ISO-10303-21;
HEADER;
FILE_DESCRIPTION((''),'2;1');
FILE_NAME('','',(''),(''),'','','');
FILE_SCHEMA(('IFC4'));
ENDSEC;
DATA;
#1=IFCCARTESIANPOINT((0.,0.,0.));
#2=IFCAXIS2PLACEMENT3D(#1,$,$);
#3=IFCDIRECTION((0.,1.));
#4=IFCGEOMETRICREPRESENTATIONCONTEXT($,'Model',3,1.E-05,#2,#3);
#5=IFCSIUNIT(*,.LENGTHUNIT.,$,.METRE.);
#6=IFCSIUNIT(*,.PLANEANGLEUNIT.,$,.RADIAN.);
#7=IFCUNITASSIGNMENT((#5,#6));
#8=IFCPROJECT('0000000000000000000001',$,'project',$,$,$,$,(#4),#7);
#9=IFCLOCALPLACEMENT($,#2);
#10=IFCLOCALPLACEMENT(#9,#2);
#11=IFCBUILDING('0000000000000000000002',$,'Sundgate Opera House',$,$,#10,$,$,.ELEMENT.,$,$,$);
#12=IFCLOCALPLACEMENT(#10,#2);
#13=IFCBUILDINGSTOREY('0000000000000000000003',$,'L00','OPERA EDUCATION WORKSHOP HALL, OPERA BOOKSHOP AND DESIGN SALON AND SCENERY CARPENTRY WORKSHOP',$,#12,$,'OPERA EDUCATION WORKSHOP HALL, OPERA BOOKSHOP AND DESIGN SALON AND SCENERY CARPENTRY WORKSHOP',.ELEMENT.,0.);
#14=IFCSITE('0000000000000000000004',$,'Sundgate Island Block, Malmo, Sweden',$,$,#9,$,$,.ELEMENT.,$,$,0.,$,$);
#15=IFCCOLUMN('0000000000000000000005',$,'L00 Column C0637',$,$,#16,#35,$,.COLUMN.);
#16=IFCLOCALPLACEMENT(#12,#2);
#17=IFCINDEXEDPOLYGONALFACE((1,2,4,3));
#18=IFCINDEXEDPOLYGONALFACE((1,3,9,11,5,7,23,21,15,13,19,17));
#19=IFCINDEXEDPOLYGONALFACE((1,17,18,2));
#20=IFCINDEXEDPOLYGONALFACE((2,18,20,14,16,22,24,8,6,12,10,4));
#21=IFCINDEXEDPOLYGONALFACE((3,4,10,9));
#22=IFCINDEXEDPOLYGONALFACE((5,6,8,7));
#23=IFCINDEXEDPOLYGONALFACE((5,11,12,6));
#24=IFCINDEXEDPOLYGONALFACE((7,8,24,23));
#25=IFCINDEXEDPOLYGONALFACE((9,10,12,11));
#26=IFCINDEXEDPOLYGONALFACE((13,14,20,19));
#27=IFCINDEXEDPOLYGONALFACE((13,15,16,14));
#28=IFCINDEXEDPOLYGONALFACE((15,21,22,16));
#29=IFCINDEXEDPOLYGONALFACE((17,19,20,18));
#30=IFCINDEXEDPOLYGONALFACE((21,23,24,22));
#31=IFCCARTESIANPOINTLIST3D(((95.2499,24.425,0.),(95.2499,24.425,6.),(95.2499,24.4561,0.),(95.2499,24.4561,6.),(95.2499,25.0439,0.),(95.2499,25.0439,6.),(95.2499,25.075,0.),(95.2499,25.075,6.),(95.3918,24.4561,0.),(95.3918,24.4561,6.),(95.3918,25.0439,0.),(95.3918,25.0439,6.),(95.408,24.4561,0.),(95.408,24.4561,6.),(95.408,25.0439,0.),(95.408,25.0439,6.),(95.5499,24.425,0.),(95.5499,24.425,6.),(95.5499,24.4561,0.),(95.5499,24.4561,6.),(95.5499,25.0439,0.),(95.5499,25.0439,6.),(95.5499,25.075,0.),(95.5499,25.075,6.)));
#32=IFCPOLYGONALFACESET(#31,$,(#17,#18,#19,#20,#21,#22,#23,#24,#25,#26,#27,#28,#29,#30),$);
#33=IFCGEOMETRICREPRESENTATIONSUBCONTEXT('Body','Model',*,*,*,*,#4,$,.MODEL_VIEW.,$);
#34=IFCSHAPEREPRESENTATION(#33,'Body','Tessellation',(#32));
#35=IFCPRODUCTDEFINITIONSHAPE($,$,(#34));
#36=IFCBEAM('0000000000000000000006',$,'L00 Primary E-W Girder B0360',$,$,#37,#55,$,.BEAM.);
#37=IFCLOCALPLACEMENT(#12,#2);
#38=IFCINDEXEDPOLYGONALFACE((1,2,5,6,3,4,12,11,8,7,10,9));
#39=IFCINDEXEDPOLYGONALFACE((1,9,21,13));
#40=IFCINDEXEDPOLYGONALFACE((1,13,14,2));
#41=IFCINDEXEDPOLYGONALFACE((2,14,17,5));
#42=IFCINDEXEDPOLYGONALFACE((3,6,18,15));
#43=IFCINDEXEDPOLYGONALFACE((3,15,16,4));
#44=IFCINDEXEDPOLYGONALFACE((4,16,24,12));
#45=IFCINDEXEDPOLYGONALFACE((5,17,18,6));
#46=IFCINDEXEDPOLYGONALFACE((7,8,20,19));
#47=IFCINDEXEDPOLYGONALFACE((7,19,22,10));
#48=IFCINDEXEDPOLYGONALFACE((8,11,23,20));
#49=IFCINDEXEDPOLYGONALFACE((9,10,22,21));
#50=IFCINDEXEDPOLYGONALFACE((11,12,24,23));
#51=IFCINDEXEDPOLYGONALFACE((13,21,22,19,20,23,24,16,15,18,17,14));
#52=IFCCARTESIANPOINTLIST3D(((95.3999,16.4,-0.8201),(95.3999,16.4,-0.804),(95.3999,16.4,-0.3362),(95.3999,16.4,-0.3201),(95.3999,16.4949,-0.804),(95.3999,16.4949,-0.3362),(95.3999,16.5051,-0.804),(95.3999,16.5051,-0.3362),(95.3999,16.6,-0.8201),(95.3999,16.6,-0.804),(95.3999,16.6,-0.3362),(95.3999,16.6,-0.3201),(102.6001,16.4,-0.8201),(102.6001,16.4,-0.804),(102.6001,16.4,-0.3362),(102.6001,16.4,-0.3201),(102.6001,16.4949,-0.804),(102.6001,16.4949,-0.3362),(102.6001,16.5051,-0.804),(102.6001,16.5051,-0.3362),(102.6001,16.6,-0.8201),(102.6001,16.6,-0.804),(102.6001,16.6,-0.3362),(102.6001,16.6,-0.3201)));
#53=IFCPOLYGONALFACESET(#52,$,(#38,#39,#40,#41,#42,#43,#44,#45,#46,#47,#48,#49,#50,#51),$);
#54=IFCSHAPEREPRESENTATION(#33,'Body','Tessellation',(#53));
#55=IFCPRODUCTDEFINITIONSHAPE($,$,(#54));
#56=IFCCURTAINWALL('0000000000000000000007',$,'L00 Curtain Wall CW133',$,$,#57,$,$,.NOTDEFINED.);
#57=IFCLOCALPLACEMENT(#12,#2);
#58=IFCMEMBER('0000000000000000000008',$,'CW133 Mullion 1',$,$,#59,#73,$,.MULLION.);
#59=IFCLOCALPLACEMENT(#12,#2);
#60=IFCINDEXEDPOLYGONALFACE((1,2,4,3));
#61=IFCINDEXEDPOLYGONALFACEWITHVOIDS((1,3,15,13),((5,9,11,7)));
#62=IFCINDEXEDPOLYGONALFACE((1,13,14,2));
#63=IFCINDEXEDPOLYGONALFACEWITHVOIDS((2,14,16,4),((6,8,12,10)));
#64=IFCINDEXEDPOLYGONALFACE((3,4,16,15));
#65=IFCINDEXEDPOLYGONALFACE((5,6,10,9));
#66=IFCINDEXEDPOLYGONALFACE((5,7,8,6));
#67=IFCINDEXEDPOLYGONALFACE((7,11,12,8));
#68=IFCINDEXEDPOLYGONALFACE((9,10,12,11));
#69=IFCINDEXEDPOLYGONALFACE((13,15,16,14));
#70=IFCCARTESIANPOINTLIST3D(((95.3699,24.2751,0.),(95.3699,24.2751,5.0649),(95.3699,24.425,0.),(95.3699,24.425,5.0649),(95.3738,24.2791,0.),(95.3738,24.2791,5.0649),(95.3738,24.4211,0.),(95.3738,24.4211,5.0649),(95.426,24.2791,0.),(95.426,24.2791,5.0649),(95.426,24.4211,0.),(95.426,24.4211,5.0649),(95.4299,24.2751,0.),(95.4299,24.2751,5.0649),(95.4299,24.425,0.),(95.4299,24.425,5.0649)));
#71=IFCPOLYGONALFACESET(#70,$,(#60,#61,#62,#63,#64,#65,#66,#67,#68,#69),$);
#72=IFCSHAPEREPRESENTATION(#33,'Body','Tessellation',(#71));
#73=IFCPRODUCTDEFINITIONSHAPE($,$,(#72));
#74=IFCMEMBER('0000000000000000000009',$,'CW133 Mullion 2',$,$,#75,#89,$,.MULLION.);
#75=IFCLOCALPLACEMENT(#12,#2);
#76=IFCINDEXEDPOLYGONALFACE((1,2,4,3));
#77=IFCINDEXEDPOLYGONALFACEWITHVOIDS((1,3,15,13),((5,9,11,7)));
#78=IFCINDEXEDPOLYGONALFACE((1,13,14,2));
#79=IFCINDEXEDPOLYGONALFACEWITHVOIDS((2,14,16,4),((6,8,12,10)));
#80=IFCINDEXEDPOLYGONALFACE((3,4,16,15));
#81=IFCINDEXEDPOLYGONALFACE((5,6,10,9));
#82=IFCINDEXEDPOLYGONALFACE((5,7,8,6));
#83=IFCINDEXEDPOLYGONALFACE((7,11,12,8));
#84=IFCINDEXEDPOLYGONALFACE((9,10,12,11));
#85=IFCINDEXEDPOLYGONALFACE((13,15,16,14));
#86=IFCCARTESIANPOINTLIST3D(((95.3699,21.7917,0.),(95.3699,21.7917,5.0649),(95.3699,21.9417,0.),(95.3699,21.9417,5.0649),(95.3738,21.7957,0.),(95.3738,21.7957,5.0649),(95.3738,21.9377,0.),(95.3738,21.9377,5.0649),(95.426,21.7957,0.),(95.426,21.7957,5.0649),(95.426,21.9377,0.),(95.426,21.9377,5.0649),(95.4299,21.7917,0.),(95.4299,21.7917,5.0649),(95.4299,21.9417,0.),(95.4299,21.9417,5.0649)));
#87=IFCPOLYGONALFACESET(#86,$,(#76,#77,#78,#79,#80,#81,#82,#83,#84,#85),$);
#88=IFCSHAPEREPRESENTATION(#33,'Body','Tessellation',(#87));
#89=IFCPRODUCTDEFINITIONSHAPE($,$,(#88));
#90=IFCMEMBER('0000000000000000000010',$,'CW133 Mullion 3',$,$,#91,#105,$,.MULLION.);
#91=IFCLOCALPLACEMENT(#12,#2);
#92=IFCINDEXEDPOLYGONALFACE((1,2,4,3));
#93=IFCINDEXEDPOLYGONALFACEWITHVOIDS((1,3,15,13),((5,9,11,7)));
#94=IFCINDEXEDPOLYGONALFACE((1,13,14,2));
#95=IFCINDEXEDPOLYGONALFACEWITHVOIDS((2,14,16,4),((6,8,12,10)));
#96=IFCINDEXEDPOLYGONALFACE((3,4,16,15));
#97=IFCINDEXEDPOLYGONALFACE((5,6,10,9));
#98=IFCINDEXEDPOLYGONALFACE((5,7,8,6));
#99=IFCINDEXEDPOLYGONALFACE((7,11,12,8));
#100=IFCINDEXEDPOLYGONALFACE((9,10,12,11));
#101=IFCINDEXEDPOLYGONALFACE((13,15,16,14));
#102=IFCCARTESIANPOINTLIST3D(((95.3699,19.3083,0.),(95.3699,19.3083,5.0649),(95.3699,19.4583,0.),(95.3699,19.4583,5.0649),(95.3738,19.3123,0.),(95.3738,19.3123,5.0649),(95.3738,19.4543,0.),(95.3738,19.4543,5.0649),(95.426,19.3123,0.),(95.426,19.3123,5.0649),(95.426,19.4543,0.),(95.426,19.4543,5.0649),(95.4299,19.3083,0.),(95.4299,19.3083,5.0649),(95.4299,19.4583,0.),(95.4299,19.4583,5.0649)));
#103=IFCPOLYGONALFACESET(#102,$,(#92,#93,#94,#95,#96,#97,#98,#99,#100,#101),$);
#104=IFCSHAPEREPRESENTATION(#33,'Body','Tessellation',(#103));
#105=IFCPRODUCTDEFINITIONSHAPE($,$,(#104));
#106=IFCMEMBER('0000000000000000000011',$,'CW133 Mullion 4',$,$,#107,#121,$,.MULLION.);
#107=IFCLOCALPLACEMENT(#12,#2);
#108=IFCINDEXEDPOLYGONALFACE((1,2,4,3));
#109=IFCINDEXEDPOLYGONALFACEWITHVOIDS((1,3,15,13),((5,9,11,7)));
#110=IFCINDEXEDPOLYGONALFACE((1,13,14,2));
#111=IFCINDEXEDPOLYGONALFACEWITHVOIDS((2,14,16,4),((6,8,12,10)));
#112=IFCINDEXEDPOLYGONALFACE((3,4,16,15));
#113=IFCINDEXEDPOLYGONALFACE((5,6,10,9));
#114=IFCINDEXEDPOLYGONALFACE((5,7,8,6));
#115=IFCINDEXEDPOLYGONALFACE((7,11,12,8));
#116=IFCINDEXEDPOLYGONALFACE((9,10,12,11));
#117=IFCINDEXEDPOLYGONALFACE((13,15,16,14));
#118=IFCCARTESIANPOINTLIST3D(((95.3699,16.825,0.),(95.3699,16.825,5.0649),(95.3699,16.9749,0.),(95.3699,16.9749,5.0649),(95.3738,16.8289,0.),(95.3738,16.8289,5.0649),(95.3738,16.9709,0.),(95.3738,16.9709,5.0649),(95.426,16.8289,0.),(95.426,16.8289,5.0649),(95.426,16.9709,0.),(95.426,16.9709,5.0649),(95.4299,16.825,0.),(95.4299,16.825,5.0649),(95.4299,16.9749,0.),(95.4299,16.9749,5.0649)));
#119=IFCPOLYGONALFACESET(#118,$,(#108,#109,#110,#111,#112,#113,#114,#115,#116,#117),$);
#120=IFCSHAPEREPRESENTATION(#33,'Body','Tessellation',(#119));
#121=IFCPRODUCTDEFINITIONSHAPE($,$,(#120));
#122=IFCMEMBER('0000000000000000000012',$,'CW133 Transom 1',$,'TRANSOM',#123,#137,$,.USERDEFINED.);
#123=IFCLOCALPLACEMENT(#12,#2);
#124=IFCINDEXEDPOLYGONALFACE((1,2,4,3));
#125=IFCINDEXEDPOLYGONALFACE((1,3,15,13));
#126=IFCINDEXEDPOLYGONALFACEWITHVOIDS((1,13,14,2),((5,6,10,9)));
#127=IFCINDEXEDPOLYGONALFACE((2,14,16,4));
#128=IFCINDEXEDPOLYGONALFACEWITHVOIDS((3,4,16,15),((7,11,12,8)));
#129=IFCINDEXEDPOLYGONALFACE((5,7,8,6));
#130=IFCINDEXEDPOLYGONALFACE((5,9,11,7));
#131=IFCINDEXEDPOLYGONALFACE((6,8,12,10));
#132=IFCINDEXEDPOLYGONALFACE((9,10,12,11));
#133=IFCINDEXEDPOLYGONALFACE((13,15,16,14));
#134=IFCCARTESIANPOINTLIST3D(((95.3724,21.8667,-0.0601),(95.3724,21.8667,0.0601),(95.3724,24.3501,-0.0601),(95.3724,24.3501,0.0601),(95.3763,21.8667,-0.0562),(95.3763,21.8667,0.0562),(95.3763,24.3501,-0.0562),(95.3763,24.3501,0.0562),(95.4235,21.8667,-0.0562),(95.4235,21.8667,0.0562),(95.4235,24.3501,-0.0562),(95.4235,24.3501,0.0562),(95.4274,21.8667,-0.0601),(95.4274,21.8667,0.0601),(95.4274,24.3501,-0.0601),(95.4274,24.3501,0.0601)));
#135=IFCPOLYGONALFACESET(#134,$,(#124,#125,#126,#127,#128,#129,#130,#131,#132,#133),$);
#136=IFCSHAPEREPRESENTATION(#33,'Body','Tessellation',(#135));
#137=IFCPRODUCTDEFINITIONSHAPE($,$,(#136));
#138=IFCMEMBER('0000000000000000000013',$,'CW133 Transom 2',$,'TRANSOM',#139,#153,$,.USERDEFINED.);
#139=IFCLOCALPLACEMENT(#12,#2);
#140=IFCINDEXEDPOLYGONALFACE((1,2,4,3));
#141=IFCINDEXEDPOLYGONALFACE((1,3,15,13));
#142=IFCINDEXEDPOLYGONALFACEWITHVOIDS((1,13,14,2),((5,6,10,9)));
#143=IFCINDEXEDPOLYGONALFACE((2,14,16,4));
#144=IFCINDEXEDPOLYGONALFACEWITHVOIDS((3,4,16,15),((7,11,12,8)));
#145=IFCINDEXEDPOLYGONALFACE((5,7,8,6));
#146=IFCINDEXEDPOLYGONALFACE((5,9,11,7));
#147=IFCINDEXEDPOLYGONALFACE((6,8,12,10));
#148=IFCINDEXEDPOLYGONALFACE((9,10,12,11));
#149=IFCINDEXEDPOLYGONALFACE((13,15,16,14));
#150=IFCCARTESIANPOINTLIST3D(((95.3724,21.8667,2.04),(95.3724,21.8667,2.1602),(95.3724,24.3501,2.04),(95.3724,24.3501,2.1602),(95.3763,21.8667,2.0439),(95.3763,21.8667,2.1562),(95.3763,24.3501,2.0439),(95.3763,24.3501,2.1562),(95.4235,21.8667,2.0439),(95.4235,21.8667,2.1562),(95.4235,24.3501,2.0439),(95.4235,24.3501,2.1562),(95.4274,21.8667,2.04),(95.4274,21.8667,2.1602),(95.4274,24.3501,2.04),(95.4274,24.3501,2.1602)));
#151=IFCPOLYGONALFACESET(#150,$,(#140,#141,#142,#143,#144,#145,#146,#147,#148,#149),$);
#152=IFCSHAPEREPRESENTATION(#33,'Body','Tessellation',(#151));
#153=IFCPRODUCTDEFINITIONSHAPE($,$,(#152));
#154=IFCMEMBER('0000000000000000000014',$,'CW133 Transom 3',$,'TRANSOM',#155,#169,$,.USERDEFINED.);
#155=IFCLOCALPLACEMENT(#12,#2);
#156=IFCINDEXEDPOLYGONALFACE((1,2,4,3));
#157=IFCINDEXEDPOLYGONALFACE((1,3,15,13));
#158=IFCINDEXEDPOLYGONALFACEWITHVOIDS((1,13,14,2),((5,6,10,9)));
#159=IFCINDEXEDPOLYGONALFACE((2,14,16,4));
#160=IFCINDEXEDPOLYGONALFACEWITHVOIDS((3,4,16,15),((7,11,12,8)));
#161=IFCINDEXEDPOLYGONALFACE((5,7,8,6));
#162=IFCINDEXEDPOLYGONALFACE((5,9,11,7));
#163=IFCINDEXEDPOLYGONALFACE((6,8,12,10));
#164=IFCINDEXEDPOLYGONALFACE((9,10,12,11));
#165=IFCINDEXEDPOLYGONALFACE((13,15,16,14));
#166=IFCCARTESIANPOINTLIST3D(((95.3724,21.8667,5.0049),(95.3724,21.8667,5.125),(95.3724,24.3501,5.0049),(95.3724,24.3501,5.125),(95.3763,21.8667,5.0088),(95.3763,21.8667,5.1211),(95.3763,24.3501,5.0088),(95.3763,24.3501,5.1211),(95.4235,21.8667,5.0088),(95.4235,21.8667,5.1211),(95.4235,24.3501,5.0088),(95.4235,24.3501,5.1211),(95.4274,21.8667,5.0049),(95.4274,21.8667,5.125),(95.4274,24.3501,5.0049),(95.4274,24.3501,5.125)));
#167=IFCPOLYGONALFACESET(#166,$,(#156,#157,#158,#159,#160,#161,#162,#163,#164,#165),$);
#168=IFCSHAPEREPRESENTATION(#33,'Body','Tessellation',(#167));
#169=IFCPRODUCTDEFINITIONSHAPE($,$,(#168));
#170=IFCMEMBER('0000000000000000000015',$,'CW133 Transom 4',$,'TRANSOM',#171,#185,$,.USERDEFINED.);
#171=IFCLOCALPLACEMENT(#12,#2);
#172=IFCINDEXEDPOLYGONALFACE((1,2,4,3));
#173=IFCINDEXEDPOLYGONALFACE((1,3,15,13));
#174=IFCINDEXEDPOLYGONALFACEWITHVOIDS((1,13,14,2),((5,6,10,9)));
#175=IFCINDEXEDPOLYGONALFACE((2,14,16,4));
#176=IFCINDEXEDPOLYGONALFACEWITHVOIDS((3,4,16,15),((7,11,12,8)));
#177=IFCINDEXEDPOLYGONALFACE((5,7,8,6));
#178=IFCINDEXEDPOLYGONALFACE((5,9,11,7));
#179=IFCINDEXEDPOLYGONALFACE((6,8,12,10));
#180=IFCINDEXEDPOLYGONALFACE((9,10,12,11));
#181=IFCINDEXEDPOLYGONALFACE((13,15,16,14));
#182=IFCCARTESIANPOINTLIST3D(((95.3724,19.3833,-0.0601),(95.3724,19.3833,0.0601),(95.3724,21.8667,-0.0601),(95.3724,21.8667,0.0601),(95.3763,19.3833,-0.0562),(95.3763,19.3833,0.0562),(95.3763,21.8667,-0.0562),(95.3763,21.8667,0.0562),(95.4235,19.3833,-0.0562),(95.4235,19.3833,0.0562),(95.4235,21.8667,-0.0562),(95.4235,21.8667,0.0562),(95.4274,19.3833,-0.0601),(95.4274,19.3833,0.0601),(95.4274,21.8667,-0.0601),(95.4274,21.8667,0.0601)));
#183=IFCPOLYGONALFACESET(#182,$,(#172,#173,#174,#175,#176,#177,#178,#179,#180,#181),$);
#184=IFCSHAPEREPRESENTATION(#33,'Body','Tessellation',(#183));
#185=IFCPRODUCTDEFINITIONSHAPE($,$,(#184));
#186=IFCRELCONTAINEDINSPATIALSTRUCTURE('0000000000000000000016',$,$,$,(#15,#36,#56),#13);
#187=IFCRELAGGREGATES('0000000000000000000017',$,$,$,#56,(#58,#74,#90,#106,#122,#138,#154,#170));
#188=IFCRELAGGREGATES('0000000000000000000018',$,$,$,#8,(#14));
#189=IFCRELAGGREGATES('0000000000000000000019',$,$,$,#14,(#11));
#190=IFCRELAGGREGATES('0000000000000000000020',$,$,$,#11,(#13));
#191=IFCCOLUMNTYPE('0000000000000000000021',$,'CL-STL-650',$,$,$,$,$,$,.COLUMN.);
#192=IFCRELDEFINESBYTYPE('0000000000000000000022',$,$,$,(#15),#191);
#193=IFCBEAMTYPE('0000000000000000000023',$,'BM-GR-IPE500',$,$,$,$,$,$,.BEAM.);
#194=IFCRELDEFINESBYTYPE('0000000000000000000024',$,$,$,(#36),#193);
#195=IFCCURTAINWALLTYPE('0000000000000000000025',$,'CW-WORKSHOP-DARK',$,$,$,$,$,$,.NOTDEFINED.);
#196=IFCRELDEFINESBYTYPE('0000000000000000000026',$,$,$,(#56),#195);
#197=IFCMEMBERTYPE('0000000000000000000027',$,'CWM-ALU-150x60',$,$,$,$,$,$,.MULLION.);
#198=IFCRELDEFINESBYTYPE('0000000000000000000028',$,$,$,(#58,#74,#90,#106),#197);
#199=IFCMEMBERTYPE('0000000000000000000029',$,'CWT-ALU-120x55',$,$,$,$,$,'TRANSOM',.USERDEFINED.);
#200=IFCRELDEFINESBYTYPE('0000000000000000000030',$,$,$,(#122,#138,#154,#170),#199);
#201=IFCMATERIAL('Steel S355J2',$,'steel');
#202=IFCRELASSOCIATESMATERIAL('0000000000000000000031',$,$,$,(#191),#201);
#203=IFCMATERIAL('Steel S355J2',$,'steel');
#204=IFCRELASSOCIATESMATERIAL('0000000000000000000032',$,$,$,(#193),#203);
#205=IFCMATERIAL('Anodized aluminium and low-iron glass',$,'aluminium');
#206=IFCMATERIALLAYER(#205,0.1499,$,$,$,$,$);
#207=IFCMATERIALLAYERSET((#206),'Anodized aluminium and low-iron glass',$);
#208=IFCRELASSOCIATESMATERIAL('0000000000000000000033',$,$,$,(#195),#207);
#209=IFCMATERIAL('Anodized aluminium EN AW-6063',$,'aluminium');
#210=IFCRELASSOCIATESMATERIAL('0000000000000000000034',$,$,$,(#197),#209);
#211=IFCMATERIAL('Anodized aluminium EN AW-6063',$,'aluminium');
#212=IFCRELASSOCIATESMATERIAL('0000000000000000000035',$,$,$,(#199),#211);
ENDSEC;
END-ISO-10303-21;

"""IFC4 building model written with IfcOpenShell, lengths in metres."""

from ifc_helpers import new_model, si_unit, direction, frame, origin, origin_2d, place, context, subcontext, project, spatial, hollow_rectangle, i_section, extrude, material, layer, layer_set, material_profile, profile_set, type_object, element, aggregate, save


model = new_model("IFC4")

# Units and contexts
model_context = context("Model", 3, precision=1e-05, world=origin(), true_north=direction((0.0, 1.0)))
body_context = subcontext(model_context, "Body", "Model", "MODEL_VIEW")
ifc_project = project(units=[si_unit("LENGTHUNIT", "METRE"), si_unit("PLANEANGLEUNIT", "RADIAN")], contexts=[model_context])

# Site, building, storey
site_placement = place(None, origin())
site = spatial("IfcSite", under=ifc_project, at=site_placement, Name="Sundgate Island Block, Malmo, Sweden", CompositionType="ELEMENT", RefElevation=0.0)
building_placement = place(site_placement, origin())
building = spatial("IfcBuilding", under=site, at=building_placement, Name="Sundgate Opera House", CompositionType="ELEMENT")
storey_placement = place(building_placement, origin())
storey = spatial("IfcBuildingStorey", under=building, at=storey_placement, Name="L00", Description="OPERA EDUCATION WORKSHOP HALL, OPERA BOOKSHOP AND DESIGN SALON AND SCENERY CARPENTRY WORKSHOP", LongName="OPERA EDUCATION WORKSHOP HALL, OPERA BOOKSHOP AND DESIGN SALON AND SCENERY CARPENTRY WORKSHOP", CompositionType="ELEMENT", Elevation=0.0)

# Column
ifc_material_1 = material(Name="Steel S355J2", Category="steel")
ifc_material_profile_1 = material_profile(ifc_material_1, i_section(OverallWidth=0.3, OverallDepth=0.6499, WebThickness=0.0161, FlangeThickness=0.031, at=origin_2d()), Name="HEB 650")
ifc_profile_set_1 = profile_set([ifc_material_profile_1], Name="Steel S355J2")
column_type = type_object("IfcColumnType", Name="CL-STL-650", PredefinedType="COLUMN", material=ifc_profile_set_1)
column_placement = place(storey_placement, frame((95.3999, 24.75, 0.0), z_axis=(0.0, 0.0, 1.0), x_axis=(1.0, 0.0, 0.0)))
element("IfcColumn", 1, at=column_placement, inside=storey, type_object=column_type, Name="L00 Column C0637", PredefinedType="COLUMN", context=body_context, shape_type="SweptSolid", body=[
    extrude(i_section(OverallWidth=0.3, OverallDepth=0.6499, WebThickness=0.0161, FlangeThickness=0.031, at=origin_2d()), origin(), (0.0, 0.0, 1.0), 6.0),
])

# Beam
ifc_material_2 = material(Name="Steel S355J2", Category="steel")
ifc_material_profile_2 = material_profile(ifc_material_2, i_section(OverallWidth=0.2, OverallDepth=0.5, WebThickness=0.0103, FlangeThickness=0.0161, at=origin_2d()), Name="IPE 500")
ifc_profile_set_2 = profile_set([ifc_material_profile_2], Name="Steel S355J2")
beam_type = type_object("IfcBeamType", Name="BM-GR-IPE500", PredefinedType="BEAM", material=ifc_profile_set_2)
beam_placement = place(storey_placement, frame((95.3999, 16.5, -0.5701), z_axis=(1.0, 0.0, 0.0), x_axis=(0.0, 1.0, 0.0)))
element("IfcBeam", 2, at=beam_placement, inside=storey, type_object=beam_type, Name="L00 Primary E-W Girder B0360", PredefinedType="BEAM", context=body_context, shape_type="SweptSolid", body=[
    extrude(i_section(OverallWidth=0.2, OverallDepth=0.5, WebThickness=0.0103, FlangeThickness=0.0161, at=origin_2d()), origin(), (0.0, 0.0, 1.0), 7.2002),
])

# Curtain wall, members
ifc_material_3 = material(Name="Anodized aluminium and low-iron glass", Category="aluminium")
ifc_layer_1 = layer(ifc_material_3, 0.1499)
ifc_layer_set_1 = layer_set([ifc_layer_1], Name="Anodized aluminium and low-iron glass")
curtain_wall_type = type_object("IfcCurtainWallType", Name="CW-WORKSHOP-DARK", PredefinedType="NOTDEFINED", material=ifc_layer_set_1)
curtain_wall_placement = place(storey_placement, origin())
curtain_wall = element("IfcCurtainWall", 3, at=curtain_wall_placement, inside=storey, type_object=curtain_wall_type, Name="L00 Curtain Wall CW133", PredefinedType="NOTDEFINED")
ifc_material_4 = material(Name="Anodized aluminium EN AW-6063", Category="aluminium")
ifc_material_profile_3 = material_profile(ifc_material_4, hollow_rectangle(XDim=0.0601, YDim=0.1499, WallThickness=0.0039, at=origin_2d()), Name="CWM 150x60x4")
ifc_profile_set_3 = profile_set([ifc_material_profile_3], Name="Anodized aluminium EN AW-6063")
member_type_1 = type_object("IfcMemberType", Name="CWM-ALU-150x60", PredefinedType="MULLION", material=ifc_profile_set_3)
member_1_placement = place(storey_placement, frame((95.3999, 24.3501, 0.0), z_axis=(0.0, 0.0, 1.0), x_axis=(1.0, 0.0, 0.0)))
member_1 = element("IfcMember", 4, at=member_1_placement, type_object=member_type_1, Name="CW133 Mullion 1", PredefinedType="MULLION", context=body_context, shape_type="SweptSolid", body=[
    extrude(hollow_rectangle(XDim=0.0601, YDim=0.1499, WallThickness=0.0039, at=origin_2d()), origin(), (0.0, 0.0, 1.0), 5.0649),
])
member_2_placement = place(storey_placement, frame((95.3999, 21.8667, 0.0), z_axis=(0.0, 0.0, 1.0), x_axis=(1.0, 0.0, 0.0)))
member_2 = element("IfcMember", 5, at=member_2_placement, type_object=member_type_1, Name="CW133 Mullion 2", PredefinedType="MULLION", context=body_context, shape_type="SweptSolid", body=[
    extrude(hollow_rectangle(XDim=0.0601, YDim=0.1499, WallThickness=0.0039, at=origin_2d()), origin(), (0.0, 0.0, 1.0), 5.0649),
])
member_3_placement = place(storey_placement, frame((95.3999, 19.3833, 0.0), z_axis=(0.0, 0.0, 1.0), x_axis=(1.0, 0.0, 0.0)))
member_3 = element("IfcMember", 6, at=member_3_placement, type_object=member_type_1, Name="CW133 Mullion 3", PredefinedType="MULLION", context=body_context, shape_type="SweptSolid", body=[
    extrude(hollow_rectangle(XDim=0.0601, YDim=0.1499, WallThickness=0.0039, at=origin_2d()), origin(), (0.0, 0.0, 1.0), 5.0649),
])
member_4_placement = place(storey_placement, frame((95.3999, 16.8999, 0.0), z_axis=(0.0, 0.0, 1.0), x_axis=(1.0, 0.0, 0.0)))
member_4 = element("IfcMember", 7, at=member_4_placement, type_object=member_type_1, Name="CW133 Mullion 4", PredefinedType="MULLION", context=body_context, shape_type="SweptSolid", body=[
    extrude(hollow_rectangle(XDim=0.0601, YDim=0.1499, WallThickness=0.0039, at=origin_2d()), origin(), (0.0, 0.0, 1.0), 5.0649),
])
ifc_material_5 = material(Name="Anodized aluminium EN AW-6063", Category="aluminium")
ifc_material_profile_4 = material_profile(ifc_material_5, hollow_rectangle(XDim=0.0549, YDim=0.1201, WallThickness=0.0039, at=origin_2d()), Name="CWT 120x55x4")
ifc_profile_set_4 = profile_set([ifc_material_profile_4], Name="Anodized aluminium EN AW-6063")
member_type_2 = type_object("IfcMemberType", Name="CWT-ALU-120x55", ElementType="TRANSOM", PredefinedType="USERDEFINED", material=ifc_profile_set_4)
member_5_placement = place(storey_placement, frame((95.3999, 24.3501, 0.0), z_axis=(0.0, -1.0, 0.0), x_axis=(1.0, 0.0, 0.0)))
member_5 = element("IfcMember", 8, at=member_5_placement, type_object=member_type_2, Name="CW133 Transom 1", ObjectType="TRANSOM", PredefinedType="USERDEFINED", context=body_context, shape_type="SweptSolid", body=[
    extrude(hollow_rectangle(XDim=0.0549, YDim=0.1201, WallThickness=0.0039, at=origin_2d()), origin(), (0.0, 0.0, 1.0), 2.4834),
])
member_6_placement = place(storey_placement, frame((95.3999, 24.3501, 2.1001), z_axis=(0.0, -1.0, 0.0), x_axis=(1.0, 0.0, 0.0)))
member_6 = element("IfcMember", 9, at=member_6_placement, type_object=member_type_2, Name="CW133 Transom 2", ObjectType="TRANSOM", PredefinedType="USERDEFINED", context=body_context, shape_type="SweptSolid", body=[
    extrude(hollow_rectangle(XDim=0.0549, YDim=0.1201, WallThickness=0.0039, at=origin_2d()), origin(), (0.0, 0.0, 1.0), 2.4834),
])
member_7_placement = place(storey_placement, frame((95.3999, 24.3501, 5.0649), z_axis=(0.0, -1.0, 0.0), x_axis=(1.0, 0.0, 0.0)))
member_7 = element("IfcMember", 10, at=member_7_placement, type_object=member_type_2, Name="CW133 Transom 3", ObjectType="TRANSOM", PredefinedType="USERDEFINED", context=body_context, shape_type="SweptSolid", body=[
    extrude(hollow_rectangle(XDim=0.0549, YDim=0.1201, WallThickness=0.0039, at=origin_2d()), origin(), (0.0, 0.0, 1.0), 2.4834),
])
member_8_placement = place(storey_placement, frame((95.3999, 21.8667, 0.0), z_axis=(0.0, -1.0, 0.0), x_axis=(1.0, 0.0, 0.0)))
member_8 = element("IfcMember", 11, at=member_8_placement, type_object=member_type_2, Name="CW133 Transom 4", ObjectType="TRANSOM", PredefinedType="USERDEFINED", context=body_context, shape_type="SweptSolid", body=[
    extrude(hollow_rectangle(XDim=0.0549, YDim=0.1201, WallThickness=0.0039, at=origin_2d()), origin(), (0.0, 0.0, 1.0), 2.4834),
])
aggregate(curtain_wall, [member_1, member_2, member_3, member_4, member_5, member_6, member_7, member_8])

save(model, "model.ifc")
